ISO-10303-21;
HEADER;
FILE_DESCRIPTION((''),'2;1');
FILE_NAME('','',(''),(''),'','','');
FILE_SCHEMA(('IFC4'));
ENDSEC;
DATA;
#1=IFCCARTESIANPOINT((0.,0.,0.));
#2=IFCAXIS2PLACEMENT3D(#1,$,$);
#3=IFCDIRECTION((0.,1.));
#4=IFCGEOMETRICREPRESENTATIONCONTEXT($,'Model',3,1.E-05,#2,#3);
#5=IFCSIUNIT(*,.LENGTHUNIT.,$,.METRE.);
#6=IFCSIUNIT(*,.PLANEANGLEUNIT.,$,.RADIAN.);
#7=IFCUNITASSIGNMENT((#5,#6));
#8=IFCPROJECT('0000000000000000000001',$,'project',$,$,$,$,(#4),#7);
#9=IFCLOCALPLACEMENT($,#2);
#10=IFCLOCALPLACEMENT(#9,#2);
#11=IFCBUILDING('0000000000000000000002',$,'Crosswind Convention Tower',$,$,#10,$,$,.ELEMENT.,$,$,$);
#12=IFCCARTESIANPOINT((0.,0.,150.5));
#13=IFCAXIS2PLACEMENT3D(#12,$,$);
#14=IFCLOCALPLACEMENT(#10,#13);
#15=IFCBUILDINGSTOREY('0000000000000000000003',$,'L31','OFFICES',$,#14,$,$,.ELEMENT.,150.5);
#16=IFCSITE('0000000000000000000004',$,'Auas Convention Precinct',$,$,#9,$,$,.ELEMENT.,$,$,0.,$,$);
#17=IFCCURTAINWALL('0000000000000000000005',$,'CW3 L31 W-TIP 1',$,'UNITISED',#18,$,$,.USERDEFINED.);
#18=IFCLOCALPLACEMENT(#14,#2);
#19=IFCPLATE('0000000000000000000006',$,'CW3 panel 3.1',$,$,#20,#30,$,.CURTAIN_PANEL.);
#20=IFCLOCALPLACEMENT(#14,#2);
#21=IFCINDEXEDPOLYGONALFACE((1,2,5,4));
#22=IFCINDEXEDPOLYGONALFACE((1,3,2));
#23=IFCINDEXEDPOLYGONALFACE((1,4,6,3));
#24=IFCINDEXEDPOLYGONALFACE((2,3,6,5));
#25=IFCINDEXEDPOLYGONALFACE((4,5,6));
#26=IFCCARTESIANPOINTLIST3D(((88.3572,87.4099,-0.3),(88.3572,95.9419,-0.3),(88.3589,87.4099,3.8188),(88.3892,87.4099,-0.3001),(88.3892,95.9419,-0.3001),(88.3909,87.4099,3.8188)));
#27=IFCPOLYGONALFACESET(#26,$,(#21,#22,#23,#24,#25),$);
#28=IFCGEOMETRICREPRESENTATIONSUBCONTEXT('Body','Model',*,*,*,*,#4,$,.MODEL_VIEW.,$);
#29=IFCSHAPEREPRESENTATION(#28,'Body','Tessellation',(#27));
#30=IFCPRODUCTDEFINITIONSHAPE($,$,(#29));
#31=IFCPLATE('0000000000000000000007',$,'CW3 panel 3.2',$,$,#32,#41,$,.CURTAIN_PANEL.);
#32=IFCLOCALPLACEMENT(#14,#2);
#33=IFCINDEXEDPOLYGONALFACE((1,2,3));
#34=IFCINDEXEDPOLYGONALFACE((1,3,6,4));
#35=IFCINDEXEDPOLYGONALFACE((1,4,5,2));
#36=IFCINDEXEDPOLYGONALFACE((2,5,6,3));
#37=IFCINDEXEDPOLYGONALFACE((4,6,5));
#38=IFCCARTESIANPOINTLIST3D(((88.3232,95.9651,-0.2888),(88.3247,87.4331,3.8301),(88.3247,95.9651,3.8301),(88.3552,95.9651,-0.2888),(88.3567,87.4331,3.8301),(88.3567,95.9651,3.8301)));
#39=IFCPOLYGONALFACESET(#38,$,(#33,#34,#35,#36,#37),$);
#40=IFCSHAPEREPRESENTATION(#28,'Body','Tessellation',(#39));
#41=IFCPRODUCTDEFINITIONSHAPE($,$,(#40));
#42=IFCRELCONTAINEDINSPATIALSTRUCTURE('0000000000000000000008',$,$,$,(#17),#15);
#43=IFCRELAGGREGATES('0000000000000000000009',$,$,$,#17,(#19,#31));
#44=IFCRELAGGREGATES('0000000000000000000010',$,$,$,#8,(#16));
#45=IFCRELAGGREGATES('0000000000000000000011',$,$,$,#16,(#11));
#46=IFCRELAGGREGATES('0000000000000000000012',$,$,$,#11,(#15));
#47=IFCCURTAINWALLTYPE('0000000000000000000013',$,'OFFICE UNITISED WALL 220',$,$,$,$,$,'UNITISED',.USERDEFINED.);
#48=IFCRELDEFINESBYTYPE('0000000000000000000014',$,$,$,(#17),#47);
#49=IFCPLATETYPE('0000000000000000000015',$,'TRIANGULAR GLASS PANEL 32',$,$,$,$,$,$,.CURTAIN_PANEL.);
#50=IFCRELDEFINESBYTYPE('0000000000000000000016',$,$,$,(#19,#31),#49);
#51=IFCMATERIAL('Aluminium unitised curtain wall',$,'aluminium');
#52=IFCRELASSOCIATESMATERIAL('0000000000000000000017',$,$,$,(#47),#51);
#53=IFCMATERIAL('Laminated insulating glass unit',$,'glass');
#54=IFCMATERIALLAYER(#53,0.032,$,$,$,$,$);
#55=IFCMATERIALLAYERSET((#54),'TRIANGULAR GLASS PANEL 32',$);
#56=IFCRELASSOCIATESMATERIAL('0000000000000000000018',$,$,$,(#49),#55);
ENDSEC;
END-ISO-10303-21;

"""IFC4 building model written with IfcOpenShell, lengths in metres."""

from ifc_helpers import new_model, si_unit, direction, frame, origin, place, context, subcontext, project, spatial, polyline, outline, extrude, material, layer, layer_set, type_object, element, aggregate, save


model = new_model("IFC4")

# Units and contexts
model_context = context("Model", 3, precision=1e-05, world=origin(), true_north=direction((0.0, 1.0)))
body_context = subcontext(model_context, "Body", "Model", "MODEL_VIEW")
ifc_project = project(units=[si_unit("LENGTHUNIT", "METRE"), si_unit("PLANEANGLEUNIT", "RADIAN")], contexts=[model_context])

# Site, building, storey
site_placement = place(None, origin())
site = spatial("IfcSite", under=ifc_project, at=site_placement, Name="Auas Convention Precinct", CompositionType="ELEMENT", RefElevation=0.0)
building_placement = place(site_placement, origin())
building = spatial("IfcBuilding", under=site, at=building_placement, Name="Crosswind Convention Tower", CompositionType="ELEMENT")
storey_placement = place(building_placement, frame((0.0, 0.0, 150.5)))
storey = spatial("IfcBuildingStorey", under=building, at=storey_placement, Name="L31", Description="OFFICES", CompositionType="ELEMENT", Elevation=150.5)

# Shared definitions
ifc_material_1 = material(Name="Aluminium unitised curtain wall", Category="aluminium")

# Curtain wall
curtain_wall_type_1 = type_object("IfcCurtainWallType", Name="OFFICE UNITISED WALL 220", ElementType="UNITISED", PredefinedType="USERDEFINED", material=ifc_material_1)
curtain_wall_1_placement = place(storey_placement, origin())
curtain_wall_1 = element("IfcCurtainWall", 1, at=curtain_wall_1_placement, inside=storey, type_object=curtain_wall_type_1, Name="CW3 L31 W-TIP 1", ObjectType="UNITISED", PredefinedType="USERDEFINED")

# Plates
ifc_material_2 = material(Name="Laminated insulating glass unit", Category="glass")
ifc_layer_1 = layer(ifc_material_2, 0.032)
ifc_layer_set_1 = layer_set([ifc_layer_1], Name="TRIANGULAR GLASS PANEL 32")
plate_type_1 = type_object("IfcPlateType", Name="TRIANGULAR GLASS PANEL 32", PredefinedType="CURTAIN_PANEL", material=ifc_layer_set_1)
plate_1_placement = place(storey_placement, frame((88.3572, 87.4099, -0.3), z_axis=(-1.0, 0.0, 0.000415), x_axis=(0.000415, 0.0, 1.0)))
plate_1 = element("IfcPlate", 2, at=plate_1_placement, type_object=plate_type_1, Name="CW3 panel 3.1", PredefinedType="CURTAIN_PANEL", context=body_context, shape_type="SweptSolid", body=[
    extrude(outline(polyline([(0.0, 0.0), (4.1189, 0.0), (0.0, 8.532), (0.0, 0.0)])), origin(), (0.0, 0.0, -1.0), 0.032),
])
plate_2_placement = place(storey_placement, frame((88.3247, 95.9651, 3.8301), z_axis=(-1.0, 0.0, 0.000356), x_axis=(-0.000356, 0.0, -1.0)))
plate_2 = element("IfcPlate", 3, at=plate_2_placement, type_object=plate_type_1, Name="CW3 panel 3.2", PredefinedType="CURTAIN_PANEL", context=body_context, shape_type="SweptSolid", body=[
    extrude(outline(polyline([(0.0, 0.0), (4.1189, 0.0), (0.0, 8.532), (0.0, 0.0)])), origin(), (0.0, 0.0, -1.0), 0.032),
])
aggregate(curtain_wall_1, [plate_1, plate_2])

save(model, "model.ifc")
